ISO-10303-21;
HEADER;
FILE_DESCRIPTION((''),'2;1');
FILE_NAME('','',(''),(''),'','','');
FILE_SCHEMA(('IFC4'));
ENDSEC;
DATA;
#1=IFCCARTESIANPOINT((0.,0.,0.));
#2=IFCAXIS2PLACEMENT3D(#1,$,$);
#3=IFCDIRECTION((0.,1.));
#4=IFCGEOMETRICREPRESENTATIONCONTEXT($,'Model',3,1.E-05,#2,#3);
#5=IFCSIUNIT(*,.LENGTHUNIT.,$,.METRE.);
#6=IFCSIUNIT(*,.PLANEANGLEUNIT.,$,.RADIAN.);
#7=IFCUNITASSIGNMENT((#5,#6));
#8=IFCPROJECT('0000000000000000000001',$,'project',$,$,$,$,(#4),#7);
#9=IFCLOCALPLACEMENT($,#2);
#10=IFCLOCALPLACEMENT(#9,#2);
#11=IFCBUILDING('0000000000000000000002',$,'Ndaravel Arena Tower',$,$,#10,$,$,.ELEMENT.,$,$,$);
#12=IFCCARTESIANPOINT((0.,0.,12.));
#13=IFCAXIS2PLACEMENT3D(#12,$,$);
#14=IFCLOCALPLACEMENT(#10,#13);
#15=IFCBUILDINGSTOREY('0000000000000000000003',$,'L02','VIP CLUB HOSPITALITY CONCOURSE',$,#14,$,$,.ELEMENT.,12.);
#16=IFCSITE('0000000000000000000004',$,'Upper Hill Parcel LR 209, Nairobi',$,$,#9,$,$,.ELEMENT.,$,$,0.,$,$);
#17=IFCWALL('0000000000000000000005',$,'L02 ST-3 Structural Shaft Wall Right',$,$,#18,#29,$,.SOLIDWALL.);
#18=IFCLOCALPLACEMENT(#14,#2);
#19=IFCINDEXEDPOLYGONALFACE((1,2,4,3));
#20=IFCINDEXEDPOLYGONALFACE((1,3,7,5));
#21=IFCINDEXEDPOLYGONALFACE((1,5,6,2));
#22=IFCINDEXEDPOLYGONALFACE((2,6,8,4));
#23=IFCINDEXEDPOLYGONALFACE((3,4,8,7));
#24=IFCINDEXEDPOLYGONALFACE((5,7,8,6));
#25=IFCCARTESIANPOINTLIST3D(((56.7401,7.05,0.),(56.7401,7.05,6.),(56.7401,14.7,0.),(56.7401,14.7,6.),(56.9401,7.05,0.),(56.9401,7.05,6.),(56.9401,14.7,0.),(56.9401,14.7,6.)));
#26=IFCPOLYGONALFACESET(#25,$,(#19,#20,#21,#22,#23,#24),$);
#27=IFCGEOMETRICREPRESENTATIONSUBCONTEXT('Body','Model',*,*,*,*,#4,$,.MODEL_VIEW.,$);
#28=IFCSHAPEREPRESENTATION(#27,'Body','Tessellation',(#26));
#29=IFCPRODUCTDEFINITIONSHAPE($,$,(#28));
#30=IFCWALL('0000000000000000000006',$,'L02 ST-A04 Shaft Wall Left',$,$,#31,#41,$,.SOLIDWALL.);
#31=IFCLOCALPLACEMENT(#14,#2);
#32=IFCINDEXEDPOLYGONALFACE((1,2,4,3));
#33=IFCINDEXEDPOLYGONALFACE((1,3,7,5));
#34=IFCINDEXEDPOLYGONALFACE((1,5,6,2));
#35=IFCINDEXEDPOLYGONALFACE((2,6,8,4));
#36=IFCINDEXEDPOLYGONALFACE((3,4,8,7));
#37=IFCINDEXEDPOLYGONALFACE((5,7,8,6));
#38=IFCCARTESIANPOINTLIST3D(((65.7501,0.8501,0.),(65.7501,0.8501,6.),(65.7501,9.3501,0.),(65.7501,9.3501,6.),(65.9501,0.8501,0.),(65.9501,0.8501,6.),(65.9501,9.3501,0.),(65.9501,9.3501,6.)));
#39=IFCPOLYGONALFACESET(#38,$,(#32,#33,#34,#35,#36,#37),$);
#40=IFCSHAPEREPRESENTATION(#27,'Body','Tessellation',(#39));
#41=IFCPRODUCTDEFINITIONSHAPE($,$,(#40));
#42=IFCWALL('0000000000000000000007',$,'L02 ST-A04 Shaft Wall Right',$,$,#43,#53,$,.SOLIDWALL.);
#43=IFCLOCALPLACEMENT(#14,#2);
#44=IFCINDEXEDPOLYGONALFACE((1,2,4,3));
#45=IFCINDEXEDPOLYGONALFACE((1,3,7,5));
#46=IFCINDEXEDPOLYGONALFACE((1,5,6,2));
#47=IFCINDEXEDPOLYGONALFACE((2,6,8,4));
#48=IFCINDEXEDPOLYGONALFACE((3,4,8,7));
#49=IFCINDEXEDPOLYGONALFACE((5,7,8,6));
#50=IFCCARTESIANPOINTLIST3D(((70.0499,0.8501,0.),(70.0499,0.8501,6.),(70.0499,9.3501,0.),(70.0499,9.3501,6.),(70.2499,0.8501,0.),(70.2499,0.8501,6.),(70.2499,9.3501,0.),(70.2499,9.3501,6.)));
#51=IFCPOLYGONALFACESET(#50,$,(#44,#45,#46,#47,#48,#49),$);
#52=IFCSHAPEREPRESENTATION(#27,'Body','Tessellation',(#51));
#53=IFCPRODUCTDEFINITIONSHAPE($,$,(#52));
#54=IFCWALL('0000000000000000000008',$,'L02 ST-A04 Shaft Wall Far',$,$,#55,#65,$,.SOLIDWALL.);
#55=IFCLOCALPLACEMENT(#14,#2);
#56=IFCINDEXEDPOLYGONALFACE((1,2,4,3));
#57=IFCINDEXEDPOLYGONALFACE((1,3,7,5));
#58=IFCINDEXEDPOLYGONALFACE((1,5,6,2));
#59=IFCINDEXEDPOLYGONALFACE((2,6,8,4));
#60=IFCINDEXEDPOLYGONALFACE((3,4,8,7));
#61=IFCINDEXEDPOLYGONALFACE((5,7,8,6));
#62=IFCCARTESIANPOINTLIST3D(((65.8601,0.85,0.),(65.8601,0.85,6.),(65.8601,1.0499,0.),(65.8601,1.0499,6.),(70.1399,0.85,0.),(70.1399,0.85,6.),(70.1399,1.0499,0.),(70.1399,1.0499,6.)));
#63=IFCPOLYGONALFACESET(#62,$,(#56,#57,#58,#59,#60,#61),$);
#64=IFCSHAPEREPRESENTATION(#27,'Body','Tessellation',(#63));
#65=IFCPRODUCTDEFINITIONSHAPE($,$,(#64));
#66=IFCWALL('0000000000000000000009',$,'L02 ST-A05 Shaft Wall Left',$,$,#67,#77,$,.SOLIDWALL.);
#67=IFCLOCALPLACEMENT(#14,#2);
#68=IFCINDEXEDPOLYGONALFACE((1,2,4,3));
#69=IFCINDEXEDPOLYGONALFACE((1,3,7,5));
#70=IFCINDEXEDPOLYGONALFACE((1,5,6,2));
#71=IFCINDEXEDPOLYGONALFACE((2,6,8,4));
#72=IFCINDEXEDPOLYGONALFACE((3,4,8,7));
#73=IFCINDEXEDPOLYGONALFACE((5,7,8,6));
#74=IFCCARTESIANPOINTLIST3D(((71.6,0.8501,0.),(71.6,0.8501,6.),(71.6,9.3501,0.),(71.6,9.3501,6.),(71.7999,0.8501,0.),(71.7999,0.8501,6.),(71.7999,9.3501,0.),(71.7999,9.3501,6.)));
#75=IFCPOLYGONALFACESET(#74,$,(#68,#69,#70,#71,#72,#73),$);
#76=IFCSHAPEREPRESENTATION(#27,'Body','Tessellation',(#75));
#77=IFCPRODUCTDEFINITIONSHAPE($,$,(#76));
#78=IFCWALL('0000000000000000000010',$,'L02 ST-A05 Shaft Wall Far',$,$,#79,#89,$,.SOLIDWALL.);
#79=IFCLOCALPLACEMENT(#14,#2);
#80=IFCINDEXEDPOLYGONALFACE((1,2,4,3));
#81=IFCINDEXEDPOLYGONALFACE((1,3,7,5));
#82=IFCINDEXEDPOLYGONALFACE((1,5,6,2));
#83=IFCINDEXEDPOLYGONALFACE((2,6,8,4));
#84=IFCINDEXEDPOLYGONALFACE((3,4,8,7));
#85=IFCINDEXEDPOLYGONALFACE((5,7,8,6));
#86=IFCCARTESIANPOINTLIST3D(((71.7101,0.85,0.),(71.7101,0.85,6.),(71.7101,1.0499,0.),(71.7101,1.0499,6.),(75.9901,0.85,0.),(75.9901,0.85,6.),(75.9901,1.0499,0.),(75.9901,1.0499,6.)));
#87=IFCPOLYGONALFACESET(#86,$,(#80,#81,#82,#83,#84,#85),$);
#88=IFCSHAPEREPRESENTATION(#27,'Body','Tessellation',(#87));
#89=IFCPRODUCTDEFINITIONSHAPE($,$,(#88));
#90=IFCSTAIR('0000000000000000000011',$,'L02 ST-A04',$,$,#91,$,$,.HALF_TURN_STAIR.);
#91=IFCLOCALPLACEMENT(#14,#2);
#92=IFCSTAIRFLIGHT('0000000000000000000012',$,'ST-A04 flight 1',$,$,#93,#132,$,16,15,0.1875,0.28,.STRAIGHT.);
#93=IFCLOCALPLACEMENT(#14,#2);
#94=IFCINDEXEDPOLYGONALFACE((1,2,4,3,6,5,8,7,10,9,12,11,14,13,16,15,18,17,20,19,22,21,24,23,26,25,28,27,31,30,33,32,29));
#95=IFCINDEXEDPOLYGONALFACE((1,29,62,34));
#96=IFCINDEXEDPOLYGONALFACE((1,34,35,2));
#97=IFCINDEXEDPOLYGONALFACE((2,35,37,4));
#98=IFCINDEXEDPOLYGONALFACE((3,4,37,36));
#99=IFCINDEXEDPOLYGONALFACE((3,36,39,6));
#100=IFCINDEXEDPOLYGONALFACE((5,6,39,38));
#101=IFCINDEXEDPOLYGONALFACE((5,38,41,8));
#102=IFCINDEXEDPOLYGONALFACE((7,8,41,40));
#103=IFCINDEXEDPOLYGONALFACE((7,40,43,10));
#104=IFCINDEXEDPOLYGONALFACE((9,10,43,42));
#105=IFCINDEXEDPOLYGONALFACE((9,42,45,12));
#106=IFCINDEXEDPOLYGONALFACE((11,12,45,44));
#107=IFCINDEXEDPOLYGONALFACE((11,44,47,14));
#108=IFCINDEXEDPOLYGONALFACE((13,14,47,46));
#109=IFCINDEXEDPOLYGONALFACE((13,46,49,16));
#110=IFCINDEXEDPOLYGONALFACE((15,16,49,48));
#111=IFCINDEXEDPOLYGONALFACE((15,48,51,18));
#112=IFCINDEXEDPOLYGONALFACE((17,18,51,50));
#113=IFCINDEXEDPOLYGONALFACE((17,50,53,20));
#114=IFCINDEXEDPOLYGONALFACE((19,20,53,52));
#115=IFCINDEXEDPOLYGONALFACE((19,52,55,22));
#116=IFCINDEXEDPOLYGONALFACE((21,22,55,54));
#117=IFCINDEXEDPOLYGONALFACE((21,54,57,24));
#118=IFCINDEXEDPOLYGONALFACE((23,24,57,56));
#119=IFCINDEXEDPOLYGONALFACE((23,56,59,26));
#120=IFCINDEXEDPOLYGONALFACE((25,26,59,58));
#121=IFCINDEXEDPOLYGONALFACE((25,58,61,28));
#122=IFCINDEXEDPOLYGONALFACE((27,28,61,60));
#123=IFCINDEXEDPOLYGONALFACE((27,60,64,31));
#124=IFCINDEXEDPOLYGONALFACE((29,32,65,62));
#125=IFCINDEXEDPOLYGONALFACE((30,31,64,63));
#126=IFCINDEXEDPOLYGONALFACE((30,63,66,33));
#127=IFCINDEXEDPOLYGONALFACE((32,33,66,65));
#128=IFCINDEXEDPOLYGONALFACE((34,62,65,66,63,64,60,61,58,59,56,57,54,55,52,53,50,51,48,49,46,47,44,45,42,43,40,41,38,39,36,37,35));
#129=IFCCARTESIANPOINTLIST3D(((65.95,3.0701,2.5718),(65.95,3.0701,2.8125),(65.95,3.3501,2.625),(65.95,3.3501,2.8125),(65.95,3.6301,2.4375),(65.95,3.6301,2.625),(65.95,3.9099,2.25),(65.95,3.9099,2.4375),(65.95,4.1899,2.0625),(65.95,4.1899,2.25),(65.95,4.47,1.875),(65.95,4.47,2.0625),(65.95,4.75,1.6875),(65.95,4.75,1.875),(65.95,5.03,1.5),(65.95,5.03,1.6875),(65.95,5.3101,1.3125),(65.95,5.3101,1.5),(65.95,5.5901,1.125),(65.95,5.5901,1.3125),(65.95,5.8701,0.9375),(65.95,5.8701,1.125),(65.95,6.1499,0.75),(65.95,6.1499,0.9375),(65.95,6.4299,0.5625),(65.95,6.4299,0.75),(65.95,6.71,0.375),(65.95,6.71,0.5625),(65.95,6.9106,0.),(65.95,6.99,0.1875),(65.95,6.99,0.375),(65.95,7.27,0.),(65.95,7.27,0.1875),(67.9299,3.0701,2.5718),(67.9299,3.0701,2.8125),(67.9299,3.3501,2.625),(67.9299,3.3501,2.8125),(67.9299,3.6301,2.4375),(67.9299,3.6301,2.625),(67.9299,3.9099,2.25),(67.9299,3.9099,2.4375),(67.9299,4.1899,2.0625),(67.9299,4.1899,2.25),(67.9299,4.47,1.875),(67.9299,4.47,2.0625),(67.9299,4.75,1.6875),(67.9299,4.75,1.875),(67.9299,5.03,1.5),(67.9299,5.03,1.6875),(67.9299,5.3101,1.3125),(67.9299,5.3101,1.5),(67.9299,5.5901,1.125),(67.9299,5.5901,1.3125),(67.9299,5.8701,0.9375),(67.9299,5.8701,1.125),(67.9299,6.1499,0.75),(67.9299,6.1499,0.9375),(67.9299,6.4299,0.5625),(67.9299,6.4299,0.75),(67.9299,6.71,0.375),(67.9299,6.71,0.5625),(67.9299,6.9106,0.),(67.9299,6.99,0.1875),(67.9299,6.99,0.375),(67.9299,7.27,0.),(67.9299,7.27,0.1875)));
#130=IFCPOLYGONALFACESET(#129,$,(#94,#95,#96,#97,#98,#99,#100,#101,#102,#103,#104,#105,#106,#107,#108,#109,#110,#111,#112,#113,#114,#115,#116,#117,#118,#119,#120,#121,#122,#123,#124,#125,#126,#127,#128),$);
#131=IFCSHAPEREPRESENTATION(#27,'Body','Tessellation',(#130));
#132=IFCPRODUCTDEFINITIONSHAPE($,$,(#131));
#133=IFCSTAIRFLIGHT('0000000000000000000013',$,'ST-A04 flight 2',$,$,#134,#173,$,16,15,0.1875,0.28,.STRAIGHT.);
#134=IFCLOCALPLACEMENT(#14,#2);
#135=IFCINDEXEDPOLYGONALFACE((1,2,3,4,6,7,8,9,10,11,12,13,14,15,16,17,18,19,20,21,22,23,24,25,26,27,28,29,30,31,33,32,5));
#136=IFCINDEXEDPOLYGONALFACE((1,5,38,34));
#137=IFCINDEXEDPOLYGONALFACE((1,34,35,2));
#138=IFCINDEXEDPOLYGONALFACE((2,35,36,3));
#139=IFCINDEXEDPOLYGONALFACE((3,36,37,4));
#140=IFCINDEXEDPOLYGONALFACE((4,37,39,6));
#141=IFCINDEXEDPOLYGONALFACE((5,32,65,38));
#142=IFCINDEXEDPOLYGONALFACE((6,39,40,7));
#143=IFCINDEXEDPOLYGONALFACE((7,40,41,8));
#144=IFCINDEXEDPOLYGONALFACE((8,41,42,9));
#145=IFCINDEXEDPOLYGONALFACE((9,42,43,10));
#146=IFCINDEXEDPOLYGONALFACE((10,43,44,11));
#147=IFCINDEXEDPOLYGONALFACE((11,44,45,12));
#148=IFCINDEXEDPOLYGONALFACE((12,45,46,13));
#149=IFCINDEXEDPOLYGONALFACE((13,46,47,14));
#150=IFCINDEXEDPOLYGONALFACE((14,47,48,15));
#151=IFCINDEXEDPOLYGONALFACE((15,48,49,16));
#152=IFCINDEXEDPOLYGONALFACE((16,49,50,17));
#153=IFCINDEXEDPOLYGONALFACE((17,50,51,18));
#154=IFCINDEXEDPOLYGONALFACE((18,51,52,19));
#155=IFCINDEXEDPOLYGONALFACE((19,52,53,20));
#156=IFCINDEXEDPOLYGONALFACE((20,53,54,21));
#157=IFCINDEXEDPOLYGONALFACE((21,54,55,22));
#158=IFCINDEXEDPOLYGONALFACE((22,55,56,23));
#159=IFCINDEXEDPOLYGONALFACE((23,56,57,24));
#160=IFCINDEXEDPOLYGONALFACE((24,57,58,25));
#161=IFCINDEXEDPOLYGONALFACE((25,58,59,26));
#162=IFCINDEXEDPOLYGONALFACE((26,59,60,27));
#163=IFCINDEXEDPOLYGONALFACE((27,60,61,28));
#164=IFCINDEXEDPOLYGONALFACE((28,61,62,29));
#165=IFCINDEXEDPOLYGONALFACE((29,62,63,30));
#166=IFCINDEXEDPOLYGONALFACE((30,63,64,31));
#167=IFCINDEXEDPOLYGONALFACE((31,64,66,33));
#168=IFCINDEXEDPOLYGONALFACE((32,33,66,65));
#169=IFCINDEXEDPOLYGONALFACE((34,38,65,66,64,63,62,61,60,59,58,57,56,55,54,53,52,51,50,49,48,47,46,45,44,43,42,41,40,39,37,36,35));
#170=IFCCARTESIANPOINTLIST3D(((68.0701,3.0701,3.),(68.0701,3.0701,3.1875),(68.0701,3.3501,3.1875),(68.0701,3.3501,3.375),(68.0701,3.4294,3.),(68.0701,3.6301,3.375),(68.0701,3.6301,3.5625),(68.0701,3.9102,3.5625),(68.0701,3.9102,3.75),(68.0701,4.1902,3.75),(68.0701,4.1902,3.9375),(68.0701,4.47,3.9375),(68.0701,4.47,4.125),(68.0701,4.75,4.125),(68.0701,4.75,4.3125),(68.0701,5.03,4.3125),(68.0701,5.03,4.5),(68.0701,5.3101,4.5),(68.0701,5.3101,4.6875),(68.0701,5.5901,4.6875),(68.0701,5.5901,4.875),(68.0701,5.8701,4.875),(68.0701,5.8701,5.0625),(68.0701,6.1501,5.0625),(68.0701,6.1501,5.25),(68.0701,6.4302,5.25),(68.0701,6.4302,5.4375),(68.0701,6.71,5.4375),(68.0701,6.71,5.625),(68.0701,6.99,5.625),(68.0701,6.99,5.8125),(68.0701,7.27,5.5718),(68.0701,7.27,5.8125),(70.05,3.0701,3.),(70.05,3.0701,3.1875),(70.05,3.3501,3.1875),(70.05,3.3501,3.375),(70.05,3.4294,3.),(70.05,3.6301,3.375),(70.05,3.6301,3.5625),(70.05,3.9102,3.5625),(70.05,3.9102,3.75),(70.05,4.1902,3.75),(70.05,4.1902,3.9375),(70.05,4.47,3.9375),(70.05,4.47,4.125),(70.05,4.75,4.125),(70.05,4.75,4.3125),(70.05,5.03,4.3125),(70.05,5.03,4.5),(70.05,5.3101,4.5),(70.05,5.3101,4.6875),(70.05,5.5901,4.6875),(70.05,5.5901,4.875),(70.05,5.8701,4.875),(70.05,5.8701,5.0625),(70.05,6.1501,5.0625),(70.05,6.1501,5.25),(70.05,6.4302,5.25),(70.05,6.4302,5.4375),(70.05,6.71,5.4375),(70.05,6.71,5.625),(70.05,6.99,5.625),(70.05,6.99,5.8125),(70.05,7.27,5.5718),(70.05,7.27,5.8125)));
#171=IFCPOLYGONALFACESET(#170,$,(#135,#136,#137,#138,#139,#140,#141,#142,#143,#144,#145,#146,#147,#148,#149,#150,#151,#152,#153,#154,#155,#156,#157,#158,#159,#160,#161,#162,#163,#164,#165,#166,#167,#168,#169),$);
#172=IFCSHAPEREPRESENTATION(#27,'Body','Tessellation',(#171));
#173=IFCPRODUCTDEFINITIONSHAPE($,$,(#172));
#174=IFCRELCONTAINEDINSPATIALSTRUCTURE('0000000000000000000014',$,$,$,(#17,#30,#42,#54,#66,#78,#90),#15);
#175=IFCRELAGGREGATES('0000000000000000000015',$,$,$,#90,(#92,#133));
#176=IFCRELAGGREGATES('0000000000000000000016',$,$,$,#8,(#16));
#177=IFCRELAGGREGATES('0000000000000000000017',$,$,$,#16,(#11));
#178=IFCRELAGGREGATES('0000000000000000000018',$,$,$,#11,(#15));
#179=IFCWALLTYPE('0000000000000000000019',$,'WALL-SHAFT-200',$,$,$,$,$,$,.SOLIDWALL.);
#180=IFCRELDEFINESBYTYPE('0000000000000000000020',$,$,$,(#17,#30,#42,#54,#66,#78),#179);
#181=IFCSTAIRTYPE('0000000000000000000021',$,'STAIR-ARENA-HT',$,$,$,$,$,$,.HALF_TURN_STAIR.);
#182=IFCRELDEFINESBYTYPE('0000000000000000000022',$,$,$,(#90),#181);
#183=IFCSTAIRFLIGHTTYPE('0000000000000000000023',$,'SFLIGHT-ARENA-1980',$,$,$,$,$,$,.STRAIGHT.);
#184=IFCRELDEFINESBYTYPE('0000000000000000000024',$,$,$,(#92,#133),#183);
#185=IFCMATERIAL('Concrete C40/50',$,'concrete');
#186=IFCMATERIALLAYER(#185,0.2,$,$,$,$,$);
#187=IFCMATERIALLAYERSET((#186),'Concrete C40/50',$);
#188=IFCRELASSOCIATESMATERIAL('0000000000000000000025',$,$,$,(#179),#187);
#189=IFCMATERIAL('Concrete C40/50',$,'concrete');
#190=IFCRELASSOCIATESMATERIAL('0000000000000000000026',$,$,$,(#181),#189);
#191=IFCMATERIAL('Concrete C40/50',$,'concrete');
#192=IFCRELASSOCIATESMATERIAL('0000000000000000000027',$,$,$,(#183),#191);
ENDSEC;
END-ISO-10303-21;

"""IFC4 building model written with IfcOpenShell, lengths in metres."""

from ifc_helpers import new_model, si_unit, direction, frame, frame_2d, origin, place, context, subcontext, project, spatial, polyline, rectangle, outline, extrude, material, layer, layer_set, type_object, element, aggregate, save


model = new_model("IFC4")

# Units and contexts
model_context = context("Model", 3, precision=1e-05, world=origin(), true_north=direction((0.0, 1.0)))
body_context = subcontext(model_context, "Body", "Model", "MODEL_VIEW")
ifc_project = project(units=[si_unit("LENGTHUNIT", "METRE"), si_unit("PLANEANGLEUNIT", "RADIAN")], contexts=[model_context])

# Site, building, storey
site_placement = place(None, origin())
site = spatial("IfcSite", under=ifc_project, at=site_placement, Name="Upper Hill Parcel LR 209, Nairobi", CompositionType="ELEMENT", RefElevation=0.0)
building_placement = place(site_placement, origin())
building = spatial("IfcBuilding", under=site, at=building_placement, Name="Ndaravel Arena Tower", CompositionType="ELEMENT")
storey_placement = place(building_placement, frame((0.0, 0.0, 12.0)))
storey = spatial("IfcBuildingStorey", under=building, at=storey_placement, Name="L02", Description="VIP CLUB HOSPITALITY CONCOURSE", CompositionType="ELEMENT", Elevation=12.0)

# Walls
ifc_material_1 = material(Name="Concrete C40/50", Category="concrete")
ifc_layer_1 = layer(ifc_material_1, 0.2)
ifc_layer_set_1 = layer_set([ifc_layer_1], Name="Concrete C40/50")
wall_type_1 = type_object("IfcWallType", Name="WALL-SHAFT-200", PredefinedType="SOLIDWALL", material=ifc_layer_set_1)
wall_1_placement = place(storey_placement, frame((56.8401, 14.7, 0.0), z_axis=(0.0, 0.0, 1.0), x_axis=(0.0, -1.0, 0.0)))
element("IfcWall", 1, at=wall_1_placement, inside=storey, type_object=wall_type_1, Name="L02 ST-3 Structural Shaft Wall Right", PredefinedType="SOLIDWALL", context=body_context, shape_type="SweptSolid", body=[
    extrude(rectangle(XDim=7.6499, YDim=0.2, at=frame_2d((3.825, 0.0))), origin(), (0.0, 0.0, 1.0), 6.0),
])
for number, where, z_axis, x_axis, name in (
    (2, (65.8501, 9.3501, 0.0), (0.0, 0.0, 1.0), (0.0, -1.0, 0.0), "L02 ST-A04 Shaft Wall Left"),
    (3, (70.1499, 9.3501, 0.0), (0.0, 0.0, 1.0), (0.0, -1.0, 0.0), "L02 ST-A04 Shaft Wall Right"),
):
    element("IfcWall", number, at=place(storey_placement, frame(where, z_axis=z_axis, x_axis=x_axis)), inside=storey, type_object=wall_type_1, Name=name, PredefinedType="SOLIDWALL", context=body_context, shape_type="SweptSolid", body=[
        extrude(rectangle(XDim=8.5, YDim=0.2, at=frame_2d((4.25, 0.0))), origin(), (0.0, 0.0, 1.0), 6.0),
    ])
wall_2_placement = place(storey_placement, frame((65.8601, 0.95, 0.0), z_axis=(0.0, 0.0, 1.0), x_axis=(1.0, 0.0, 0.0)))
element("IfcWall", 4, at=wall_2_placement, inside=storey, type_object=wall_type_1, Name="L02 ST-A04 Shaft Wall Far", PredefinedType="SOLIDWALL", context=body_context, shape_type="SweptSolid", body=[
    extrude(rectangle(XDim=4.2798, YDim=0.2, at=frame_2d((2.1399, 0.0))), origin(), (0.0, 0.0, 1.0), 6.0),
])
wall_3_placement = place(storey_placement, frame((71.7, 9.3501, 0.0), z_axis=(0.0, 0.0, 1.0), x_axis=(0.0, -1.0, 0.0)))
element("IfcWall", 5, at=wall_3_placement, inside=storey, type_object=wall_type_1, Name="L02 ST-A05 Shaft Wall Left", PredefinedType="SOLIDWALL", context=body_context, shape_type="SweptSolid", body=[
    extrude(rectangle(XDim=8.5, YDim=0.2, at=frame_2d((4.25, 0.0))), origin(), (0.0, 0.0, 1.0), 6.0),
])
wall_4_placement = place(storey_placement, frame((71.71, 0.95, 0.0), z_axis=(0.0, 0.0, 1.0), x_axis=(1.0, 0.0, 0.0)))
element("IfcWall", 6, at=wall_4_placement, inside=storey, type_object=wall_type_1, Name="L02 ST-A05 Shaft Wall Far", PredefinedType="SOLIDWALL", context=body_context, shape_type="SweptSolid", body=[
    extrude(rectangle(XDim=4.28, YDim=0.2, at=frame_2d((2.1401, 0.0))), origin(), (0.0, 0.0, 1.0), 6.0),
])

# Stair, stair flights
ifc_material_2 = material(Name="Concrete C40/50", Category="concrete")
stair_type = type_object("IfcStairType", Name="STAIR-ARENA-HT", PredefinedType="HALF_TURN_STAIR", material=ifc_material_2)
stair_placement = place(storey_placement, origin())
stair = element("IfcStair", 7, at=stair_placement, inside=storey, type_object=stair_type, Name="L02 ST-A04", PredefinedType="HALF_TURN_STAIR")
ifc_material_3 = material(Name="Concrete C40/50", Category="concrete")
stair_flight_type = type_object("IfcStairFlightType", Name="SFLIGHT-ARENA-1980", PredefinedType="STRAIGHT", material=ifc_material_3)
stair_flight_1_placement = place(storey_placement, frame((66.9399, 7.27, 0.0), z_axis=(0.0, 0.0, 1.0), x_axis=(0.0, -1.0, 0.0)))
stair_flight_1 = element("IfcStairFlight", 8, at=stair_flight_1_placement, type_object=stair_flight_type, Name="ST-A04 flight 1", NumberOfRisers=16, NumberOfTreads=15, PredefinedType="STRAIGHT", RiserHeight=0.1875, TreadLength=0.28, context=body_context, shape_type="SweptSolid", body=[
    extrude(outline(polyline([(0.0, 0.0), (0.0, 0.1875), (0.28, 0.1875), (0.28, 0.375), (0.5601, 0.375), (0.5601, 0.5625), (0.8401, 0.5625), (0.8401, 0.75), (1.1201, 0.75), (1.1201, 0.9375), (1.3999, 0.9375), (1.3999, 1.125), (1.6799, 1.125), (1.6799, 1.3125), (1.96, 1.3125), (1.96, 1.5), (2.24, 1.5), (2.24, 1.6875), (2.52, 1.6875), (2.52, 1.875), (2.8, 1.875), (2.8, 2.0625), (3.0801, 2.0625), (3.0801, 2.25), (3.3601, 2.25), (3.3601, 2.4375), (3.6399, 2.4375), (3.6399, 2.625), (3.9199, 2.625), (3.9199, 2.8125), (4.2, 2.8125), (4.2, 3.0), (4.2, 2.5718), (0.3594, 0.0), (0.0, 0.0)])), frame((0.0, 0.99, 0.0), z_axis=(0.0, -1.0, 0.0), x_axis=(1.0, 0.0, 0.0)), (0.0, 0.0, 1.0), 1.98),
])
stair_flight_2_placement = place(storey_placement, frame((69.0601, 3.0701, 3.0), z_axis=(0.0, 0.0, 1.0), x_axis=(0.0, 1.0, 0.0)))
stair_flight_2 = element("IfcStairFlight", 9, at=stair_flight_2_placement, type_object=stair_flight_type, Name="ST-A04 flight 2", NumberOfRisers=16, NumberOfTreads=15, PredefinedType="STRAIGHT", RiserHeight=0.1875, TreadLength=0.28, context=body_context, shape_type="SweptSolid", body=[
    extrude(outline(polyline([(0.0, 0.0), (0.0, 0.1875), (0.28, 0.1875), (0.28, 0.375), (0.5601, 0.375), (0.5601, 0.5625), (0.8401, 0.5625), (0.8401, 0.75), (1.1201, 0.75), (1.1201, 0.9375), (1.3999, 0.9375), (1.3999, 1.125), (1.6799, 1.125), (1.6799, 1.3125), (1.96, 1.3125), (1.96, 1.5), (2.24, 1.5), (2.24, 1.6875), (2.52, 1.6875), (2.52, 1.875), (2.8, 1.875), (2.8, 2.0625), (3.0801, 2.0625), (3.0801, 2.25), (3.3601, 2.25), (3.3601, 2.4375), (3.6399, 2.4375), (3.6399, 2.625), (3.9199, 2.625), (3.9199, 2.8125), (4.2, 2.8125), (4.2, 3.0), (4.2, 2.5718), (0.3594, 0.0), (0.0, 0.0)])), frame((0.0, 0.99, 0.0), z_axis=(0.0, -1.0, 0.0), x_axis=(1.0, 0.0, 0.0)), (0.0, 0.0, 1.0), 1.98),
])
aggregate(stair, [stair_flight_1, stair_flight_2])

save(model, "model.ifc")
